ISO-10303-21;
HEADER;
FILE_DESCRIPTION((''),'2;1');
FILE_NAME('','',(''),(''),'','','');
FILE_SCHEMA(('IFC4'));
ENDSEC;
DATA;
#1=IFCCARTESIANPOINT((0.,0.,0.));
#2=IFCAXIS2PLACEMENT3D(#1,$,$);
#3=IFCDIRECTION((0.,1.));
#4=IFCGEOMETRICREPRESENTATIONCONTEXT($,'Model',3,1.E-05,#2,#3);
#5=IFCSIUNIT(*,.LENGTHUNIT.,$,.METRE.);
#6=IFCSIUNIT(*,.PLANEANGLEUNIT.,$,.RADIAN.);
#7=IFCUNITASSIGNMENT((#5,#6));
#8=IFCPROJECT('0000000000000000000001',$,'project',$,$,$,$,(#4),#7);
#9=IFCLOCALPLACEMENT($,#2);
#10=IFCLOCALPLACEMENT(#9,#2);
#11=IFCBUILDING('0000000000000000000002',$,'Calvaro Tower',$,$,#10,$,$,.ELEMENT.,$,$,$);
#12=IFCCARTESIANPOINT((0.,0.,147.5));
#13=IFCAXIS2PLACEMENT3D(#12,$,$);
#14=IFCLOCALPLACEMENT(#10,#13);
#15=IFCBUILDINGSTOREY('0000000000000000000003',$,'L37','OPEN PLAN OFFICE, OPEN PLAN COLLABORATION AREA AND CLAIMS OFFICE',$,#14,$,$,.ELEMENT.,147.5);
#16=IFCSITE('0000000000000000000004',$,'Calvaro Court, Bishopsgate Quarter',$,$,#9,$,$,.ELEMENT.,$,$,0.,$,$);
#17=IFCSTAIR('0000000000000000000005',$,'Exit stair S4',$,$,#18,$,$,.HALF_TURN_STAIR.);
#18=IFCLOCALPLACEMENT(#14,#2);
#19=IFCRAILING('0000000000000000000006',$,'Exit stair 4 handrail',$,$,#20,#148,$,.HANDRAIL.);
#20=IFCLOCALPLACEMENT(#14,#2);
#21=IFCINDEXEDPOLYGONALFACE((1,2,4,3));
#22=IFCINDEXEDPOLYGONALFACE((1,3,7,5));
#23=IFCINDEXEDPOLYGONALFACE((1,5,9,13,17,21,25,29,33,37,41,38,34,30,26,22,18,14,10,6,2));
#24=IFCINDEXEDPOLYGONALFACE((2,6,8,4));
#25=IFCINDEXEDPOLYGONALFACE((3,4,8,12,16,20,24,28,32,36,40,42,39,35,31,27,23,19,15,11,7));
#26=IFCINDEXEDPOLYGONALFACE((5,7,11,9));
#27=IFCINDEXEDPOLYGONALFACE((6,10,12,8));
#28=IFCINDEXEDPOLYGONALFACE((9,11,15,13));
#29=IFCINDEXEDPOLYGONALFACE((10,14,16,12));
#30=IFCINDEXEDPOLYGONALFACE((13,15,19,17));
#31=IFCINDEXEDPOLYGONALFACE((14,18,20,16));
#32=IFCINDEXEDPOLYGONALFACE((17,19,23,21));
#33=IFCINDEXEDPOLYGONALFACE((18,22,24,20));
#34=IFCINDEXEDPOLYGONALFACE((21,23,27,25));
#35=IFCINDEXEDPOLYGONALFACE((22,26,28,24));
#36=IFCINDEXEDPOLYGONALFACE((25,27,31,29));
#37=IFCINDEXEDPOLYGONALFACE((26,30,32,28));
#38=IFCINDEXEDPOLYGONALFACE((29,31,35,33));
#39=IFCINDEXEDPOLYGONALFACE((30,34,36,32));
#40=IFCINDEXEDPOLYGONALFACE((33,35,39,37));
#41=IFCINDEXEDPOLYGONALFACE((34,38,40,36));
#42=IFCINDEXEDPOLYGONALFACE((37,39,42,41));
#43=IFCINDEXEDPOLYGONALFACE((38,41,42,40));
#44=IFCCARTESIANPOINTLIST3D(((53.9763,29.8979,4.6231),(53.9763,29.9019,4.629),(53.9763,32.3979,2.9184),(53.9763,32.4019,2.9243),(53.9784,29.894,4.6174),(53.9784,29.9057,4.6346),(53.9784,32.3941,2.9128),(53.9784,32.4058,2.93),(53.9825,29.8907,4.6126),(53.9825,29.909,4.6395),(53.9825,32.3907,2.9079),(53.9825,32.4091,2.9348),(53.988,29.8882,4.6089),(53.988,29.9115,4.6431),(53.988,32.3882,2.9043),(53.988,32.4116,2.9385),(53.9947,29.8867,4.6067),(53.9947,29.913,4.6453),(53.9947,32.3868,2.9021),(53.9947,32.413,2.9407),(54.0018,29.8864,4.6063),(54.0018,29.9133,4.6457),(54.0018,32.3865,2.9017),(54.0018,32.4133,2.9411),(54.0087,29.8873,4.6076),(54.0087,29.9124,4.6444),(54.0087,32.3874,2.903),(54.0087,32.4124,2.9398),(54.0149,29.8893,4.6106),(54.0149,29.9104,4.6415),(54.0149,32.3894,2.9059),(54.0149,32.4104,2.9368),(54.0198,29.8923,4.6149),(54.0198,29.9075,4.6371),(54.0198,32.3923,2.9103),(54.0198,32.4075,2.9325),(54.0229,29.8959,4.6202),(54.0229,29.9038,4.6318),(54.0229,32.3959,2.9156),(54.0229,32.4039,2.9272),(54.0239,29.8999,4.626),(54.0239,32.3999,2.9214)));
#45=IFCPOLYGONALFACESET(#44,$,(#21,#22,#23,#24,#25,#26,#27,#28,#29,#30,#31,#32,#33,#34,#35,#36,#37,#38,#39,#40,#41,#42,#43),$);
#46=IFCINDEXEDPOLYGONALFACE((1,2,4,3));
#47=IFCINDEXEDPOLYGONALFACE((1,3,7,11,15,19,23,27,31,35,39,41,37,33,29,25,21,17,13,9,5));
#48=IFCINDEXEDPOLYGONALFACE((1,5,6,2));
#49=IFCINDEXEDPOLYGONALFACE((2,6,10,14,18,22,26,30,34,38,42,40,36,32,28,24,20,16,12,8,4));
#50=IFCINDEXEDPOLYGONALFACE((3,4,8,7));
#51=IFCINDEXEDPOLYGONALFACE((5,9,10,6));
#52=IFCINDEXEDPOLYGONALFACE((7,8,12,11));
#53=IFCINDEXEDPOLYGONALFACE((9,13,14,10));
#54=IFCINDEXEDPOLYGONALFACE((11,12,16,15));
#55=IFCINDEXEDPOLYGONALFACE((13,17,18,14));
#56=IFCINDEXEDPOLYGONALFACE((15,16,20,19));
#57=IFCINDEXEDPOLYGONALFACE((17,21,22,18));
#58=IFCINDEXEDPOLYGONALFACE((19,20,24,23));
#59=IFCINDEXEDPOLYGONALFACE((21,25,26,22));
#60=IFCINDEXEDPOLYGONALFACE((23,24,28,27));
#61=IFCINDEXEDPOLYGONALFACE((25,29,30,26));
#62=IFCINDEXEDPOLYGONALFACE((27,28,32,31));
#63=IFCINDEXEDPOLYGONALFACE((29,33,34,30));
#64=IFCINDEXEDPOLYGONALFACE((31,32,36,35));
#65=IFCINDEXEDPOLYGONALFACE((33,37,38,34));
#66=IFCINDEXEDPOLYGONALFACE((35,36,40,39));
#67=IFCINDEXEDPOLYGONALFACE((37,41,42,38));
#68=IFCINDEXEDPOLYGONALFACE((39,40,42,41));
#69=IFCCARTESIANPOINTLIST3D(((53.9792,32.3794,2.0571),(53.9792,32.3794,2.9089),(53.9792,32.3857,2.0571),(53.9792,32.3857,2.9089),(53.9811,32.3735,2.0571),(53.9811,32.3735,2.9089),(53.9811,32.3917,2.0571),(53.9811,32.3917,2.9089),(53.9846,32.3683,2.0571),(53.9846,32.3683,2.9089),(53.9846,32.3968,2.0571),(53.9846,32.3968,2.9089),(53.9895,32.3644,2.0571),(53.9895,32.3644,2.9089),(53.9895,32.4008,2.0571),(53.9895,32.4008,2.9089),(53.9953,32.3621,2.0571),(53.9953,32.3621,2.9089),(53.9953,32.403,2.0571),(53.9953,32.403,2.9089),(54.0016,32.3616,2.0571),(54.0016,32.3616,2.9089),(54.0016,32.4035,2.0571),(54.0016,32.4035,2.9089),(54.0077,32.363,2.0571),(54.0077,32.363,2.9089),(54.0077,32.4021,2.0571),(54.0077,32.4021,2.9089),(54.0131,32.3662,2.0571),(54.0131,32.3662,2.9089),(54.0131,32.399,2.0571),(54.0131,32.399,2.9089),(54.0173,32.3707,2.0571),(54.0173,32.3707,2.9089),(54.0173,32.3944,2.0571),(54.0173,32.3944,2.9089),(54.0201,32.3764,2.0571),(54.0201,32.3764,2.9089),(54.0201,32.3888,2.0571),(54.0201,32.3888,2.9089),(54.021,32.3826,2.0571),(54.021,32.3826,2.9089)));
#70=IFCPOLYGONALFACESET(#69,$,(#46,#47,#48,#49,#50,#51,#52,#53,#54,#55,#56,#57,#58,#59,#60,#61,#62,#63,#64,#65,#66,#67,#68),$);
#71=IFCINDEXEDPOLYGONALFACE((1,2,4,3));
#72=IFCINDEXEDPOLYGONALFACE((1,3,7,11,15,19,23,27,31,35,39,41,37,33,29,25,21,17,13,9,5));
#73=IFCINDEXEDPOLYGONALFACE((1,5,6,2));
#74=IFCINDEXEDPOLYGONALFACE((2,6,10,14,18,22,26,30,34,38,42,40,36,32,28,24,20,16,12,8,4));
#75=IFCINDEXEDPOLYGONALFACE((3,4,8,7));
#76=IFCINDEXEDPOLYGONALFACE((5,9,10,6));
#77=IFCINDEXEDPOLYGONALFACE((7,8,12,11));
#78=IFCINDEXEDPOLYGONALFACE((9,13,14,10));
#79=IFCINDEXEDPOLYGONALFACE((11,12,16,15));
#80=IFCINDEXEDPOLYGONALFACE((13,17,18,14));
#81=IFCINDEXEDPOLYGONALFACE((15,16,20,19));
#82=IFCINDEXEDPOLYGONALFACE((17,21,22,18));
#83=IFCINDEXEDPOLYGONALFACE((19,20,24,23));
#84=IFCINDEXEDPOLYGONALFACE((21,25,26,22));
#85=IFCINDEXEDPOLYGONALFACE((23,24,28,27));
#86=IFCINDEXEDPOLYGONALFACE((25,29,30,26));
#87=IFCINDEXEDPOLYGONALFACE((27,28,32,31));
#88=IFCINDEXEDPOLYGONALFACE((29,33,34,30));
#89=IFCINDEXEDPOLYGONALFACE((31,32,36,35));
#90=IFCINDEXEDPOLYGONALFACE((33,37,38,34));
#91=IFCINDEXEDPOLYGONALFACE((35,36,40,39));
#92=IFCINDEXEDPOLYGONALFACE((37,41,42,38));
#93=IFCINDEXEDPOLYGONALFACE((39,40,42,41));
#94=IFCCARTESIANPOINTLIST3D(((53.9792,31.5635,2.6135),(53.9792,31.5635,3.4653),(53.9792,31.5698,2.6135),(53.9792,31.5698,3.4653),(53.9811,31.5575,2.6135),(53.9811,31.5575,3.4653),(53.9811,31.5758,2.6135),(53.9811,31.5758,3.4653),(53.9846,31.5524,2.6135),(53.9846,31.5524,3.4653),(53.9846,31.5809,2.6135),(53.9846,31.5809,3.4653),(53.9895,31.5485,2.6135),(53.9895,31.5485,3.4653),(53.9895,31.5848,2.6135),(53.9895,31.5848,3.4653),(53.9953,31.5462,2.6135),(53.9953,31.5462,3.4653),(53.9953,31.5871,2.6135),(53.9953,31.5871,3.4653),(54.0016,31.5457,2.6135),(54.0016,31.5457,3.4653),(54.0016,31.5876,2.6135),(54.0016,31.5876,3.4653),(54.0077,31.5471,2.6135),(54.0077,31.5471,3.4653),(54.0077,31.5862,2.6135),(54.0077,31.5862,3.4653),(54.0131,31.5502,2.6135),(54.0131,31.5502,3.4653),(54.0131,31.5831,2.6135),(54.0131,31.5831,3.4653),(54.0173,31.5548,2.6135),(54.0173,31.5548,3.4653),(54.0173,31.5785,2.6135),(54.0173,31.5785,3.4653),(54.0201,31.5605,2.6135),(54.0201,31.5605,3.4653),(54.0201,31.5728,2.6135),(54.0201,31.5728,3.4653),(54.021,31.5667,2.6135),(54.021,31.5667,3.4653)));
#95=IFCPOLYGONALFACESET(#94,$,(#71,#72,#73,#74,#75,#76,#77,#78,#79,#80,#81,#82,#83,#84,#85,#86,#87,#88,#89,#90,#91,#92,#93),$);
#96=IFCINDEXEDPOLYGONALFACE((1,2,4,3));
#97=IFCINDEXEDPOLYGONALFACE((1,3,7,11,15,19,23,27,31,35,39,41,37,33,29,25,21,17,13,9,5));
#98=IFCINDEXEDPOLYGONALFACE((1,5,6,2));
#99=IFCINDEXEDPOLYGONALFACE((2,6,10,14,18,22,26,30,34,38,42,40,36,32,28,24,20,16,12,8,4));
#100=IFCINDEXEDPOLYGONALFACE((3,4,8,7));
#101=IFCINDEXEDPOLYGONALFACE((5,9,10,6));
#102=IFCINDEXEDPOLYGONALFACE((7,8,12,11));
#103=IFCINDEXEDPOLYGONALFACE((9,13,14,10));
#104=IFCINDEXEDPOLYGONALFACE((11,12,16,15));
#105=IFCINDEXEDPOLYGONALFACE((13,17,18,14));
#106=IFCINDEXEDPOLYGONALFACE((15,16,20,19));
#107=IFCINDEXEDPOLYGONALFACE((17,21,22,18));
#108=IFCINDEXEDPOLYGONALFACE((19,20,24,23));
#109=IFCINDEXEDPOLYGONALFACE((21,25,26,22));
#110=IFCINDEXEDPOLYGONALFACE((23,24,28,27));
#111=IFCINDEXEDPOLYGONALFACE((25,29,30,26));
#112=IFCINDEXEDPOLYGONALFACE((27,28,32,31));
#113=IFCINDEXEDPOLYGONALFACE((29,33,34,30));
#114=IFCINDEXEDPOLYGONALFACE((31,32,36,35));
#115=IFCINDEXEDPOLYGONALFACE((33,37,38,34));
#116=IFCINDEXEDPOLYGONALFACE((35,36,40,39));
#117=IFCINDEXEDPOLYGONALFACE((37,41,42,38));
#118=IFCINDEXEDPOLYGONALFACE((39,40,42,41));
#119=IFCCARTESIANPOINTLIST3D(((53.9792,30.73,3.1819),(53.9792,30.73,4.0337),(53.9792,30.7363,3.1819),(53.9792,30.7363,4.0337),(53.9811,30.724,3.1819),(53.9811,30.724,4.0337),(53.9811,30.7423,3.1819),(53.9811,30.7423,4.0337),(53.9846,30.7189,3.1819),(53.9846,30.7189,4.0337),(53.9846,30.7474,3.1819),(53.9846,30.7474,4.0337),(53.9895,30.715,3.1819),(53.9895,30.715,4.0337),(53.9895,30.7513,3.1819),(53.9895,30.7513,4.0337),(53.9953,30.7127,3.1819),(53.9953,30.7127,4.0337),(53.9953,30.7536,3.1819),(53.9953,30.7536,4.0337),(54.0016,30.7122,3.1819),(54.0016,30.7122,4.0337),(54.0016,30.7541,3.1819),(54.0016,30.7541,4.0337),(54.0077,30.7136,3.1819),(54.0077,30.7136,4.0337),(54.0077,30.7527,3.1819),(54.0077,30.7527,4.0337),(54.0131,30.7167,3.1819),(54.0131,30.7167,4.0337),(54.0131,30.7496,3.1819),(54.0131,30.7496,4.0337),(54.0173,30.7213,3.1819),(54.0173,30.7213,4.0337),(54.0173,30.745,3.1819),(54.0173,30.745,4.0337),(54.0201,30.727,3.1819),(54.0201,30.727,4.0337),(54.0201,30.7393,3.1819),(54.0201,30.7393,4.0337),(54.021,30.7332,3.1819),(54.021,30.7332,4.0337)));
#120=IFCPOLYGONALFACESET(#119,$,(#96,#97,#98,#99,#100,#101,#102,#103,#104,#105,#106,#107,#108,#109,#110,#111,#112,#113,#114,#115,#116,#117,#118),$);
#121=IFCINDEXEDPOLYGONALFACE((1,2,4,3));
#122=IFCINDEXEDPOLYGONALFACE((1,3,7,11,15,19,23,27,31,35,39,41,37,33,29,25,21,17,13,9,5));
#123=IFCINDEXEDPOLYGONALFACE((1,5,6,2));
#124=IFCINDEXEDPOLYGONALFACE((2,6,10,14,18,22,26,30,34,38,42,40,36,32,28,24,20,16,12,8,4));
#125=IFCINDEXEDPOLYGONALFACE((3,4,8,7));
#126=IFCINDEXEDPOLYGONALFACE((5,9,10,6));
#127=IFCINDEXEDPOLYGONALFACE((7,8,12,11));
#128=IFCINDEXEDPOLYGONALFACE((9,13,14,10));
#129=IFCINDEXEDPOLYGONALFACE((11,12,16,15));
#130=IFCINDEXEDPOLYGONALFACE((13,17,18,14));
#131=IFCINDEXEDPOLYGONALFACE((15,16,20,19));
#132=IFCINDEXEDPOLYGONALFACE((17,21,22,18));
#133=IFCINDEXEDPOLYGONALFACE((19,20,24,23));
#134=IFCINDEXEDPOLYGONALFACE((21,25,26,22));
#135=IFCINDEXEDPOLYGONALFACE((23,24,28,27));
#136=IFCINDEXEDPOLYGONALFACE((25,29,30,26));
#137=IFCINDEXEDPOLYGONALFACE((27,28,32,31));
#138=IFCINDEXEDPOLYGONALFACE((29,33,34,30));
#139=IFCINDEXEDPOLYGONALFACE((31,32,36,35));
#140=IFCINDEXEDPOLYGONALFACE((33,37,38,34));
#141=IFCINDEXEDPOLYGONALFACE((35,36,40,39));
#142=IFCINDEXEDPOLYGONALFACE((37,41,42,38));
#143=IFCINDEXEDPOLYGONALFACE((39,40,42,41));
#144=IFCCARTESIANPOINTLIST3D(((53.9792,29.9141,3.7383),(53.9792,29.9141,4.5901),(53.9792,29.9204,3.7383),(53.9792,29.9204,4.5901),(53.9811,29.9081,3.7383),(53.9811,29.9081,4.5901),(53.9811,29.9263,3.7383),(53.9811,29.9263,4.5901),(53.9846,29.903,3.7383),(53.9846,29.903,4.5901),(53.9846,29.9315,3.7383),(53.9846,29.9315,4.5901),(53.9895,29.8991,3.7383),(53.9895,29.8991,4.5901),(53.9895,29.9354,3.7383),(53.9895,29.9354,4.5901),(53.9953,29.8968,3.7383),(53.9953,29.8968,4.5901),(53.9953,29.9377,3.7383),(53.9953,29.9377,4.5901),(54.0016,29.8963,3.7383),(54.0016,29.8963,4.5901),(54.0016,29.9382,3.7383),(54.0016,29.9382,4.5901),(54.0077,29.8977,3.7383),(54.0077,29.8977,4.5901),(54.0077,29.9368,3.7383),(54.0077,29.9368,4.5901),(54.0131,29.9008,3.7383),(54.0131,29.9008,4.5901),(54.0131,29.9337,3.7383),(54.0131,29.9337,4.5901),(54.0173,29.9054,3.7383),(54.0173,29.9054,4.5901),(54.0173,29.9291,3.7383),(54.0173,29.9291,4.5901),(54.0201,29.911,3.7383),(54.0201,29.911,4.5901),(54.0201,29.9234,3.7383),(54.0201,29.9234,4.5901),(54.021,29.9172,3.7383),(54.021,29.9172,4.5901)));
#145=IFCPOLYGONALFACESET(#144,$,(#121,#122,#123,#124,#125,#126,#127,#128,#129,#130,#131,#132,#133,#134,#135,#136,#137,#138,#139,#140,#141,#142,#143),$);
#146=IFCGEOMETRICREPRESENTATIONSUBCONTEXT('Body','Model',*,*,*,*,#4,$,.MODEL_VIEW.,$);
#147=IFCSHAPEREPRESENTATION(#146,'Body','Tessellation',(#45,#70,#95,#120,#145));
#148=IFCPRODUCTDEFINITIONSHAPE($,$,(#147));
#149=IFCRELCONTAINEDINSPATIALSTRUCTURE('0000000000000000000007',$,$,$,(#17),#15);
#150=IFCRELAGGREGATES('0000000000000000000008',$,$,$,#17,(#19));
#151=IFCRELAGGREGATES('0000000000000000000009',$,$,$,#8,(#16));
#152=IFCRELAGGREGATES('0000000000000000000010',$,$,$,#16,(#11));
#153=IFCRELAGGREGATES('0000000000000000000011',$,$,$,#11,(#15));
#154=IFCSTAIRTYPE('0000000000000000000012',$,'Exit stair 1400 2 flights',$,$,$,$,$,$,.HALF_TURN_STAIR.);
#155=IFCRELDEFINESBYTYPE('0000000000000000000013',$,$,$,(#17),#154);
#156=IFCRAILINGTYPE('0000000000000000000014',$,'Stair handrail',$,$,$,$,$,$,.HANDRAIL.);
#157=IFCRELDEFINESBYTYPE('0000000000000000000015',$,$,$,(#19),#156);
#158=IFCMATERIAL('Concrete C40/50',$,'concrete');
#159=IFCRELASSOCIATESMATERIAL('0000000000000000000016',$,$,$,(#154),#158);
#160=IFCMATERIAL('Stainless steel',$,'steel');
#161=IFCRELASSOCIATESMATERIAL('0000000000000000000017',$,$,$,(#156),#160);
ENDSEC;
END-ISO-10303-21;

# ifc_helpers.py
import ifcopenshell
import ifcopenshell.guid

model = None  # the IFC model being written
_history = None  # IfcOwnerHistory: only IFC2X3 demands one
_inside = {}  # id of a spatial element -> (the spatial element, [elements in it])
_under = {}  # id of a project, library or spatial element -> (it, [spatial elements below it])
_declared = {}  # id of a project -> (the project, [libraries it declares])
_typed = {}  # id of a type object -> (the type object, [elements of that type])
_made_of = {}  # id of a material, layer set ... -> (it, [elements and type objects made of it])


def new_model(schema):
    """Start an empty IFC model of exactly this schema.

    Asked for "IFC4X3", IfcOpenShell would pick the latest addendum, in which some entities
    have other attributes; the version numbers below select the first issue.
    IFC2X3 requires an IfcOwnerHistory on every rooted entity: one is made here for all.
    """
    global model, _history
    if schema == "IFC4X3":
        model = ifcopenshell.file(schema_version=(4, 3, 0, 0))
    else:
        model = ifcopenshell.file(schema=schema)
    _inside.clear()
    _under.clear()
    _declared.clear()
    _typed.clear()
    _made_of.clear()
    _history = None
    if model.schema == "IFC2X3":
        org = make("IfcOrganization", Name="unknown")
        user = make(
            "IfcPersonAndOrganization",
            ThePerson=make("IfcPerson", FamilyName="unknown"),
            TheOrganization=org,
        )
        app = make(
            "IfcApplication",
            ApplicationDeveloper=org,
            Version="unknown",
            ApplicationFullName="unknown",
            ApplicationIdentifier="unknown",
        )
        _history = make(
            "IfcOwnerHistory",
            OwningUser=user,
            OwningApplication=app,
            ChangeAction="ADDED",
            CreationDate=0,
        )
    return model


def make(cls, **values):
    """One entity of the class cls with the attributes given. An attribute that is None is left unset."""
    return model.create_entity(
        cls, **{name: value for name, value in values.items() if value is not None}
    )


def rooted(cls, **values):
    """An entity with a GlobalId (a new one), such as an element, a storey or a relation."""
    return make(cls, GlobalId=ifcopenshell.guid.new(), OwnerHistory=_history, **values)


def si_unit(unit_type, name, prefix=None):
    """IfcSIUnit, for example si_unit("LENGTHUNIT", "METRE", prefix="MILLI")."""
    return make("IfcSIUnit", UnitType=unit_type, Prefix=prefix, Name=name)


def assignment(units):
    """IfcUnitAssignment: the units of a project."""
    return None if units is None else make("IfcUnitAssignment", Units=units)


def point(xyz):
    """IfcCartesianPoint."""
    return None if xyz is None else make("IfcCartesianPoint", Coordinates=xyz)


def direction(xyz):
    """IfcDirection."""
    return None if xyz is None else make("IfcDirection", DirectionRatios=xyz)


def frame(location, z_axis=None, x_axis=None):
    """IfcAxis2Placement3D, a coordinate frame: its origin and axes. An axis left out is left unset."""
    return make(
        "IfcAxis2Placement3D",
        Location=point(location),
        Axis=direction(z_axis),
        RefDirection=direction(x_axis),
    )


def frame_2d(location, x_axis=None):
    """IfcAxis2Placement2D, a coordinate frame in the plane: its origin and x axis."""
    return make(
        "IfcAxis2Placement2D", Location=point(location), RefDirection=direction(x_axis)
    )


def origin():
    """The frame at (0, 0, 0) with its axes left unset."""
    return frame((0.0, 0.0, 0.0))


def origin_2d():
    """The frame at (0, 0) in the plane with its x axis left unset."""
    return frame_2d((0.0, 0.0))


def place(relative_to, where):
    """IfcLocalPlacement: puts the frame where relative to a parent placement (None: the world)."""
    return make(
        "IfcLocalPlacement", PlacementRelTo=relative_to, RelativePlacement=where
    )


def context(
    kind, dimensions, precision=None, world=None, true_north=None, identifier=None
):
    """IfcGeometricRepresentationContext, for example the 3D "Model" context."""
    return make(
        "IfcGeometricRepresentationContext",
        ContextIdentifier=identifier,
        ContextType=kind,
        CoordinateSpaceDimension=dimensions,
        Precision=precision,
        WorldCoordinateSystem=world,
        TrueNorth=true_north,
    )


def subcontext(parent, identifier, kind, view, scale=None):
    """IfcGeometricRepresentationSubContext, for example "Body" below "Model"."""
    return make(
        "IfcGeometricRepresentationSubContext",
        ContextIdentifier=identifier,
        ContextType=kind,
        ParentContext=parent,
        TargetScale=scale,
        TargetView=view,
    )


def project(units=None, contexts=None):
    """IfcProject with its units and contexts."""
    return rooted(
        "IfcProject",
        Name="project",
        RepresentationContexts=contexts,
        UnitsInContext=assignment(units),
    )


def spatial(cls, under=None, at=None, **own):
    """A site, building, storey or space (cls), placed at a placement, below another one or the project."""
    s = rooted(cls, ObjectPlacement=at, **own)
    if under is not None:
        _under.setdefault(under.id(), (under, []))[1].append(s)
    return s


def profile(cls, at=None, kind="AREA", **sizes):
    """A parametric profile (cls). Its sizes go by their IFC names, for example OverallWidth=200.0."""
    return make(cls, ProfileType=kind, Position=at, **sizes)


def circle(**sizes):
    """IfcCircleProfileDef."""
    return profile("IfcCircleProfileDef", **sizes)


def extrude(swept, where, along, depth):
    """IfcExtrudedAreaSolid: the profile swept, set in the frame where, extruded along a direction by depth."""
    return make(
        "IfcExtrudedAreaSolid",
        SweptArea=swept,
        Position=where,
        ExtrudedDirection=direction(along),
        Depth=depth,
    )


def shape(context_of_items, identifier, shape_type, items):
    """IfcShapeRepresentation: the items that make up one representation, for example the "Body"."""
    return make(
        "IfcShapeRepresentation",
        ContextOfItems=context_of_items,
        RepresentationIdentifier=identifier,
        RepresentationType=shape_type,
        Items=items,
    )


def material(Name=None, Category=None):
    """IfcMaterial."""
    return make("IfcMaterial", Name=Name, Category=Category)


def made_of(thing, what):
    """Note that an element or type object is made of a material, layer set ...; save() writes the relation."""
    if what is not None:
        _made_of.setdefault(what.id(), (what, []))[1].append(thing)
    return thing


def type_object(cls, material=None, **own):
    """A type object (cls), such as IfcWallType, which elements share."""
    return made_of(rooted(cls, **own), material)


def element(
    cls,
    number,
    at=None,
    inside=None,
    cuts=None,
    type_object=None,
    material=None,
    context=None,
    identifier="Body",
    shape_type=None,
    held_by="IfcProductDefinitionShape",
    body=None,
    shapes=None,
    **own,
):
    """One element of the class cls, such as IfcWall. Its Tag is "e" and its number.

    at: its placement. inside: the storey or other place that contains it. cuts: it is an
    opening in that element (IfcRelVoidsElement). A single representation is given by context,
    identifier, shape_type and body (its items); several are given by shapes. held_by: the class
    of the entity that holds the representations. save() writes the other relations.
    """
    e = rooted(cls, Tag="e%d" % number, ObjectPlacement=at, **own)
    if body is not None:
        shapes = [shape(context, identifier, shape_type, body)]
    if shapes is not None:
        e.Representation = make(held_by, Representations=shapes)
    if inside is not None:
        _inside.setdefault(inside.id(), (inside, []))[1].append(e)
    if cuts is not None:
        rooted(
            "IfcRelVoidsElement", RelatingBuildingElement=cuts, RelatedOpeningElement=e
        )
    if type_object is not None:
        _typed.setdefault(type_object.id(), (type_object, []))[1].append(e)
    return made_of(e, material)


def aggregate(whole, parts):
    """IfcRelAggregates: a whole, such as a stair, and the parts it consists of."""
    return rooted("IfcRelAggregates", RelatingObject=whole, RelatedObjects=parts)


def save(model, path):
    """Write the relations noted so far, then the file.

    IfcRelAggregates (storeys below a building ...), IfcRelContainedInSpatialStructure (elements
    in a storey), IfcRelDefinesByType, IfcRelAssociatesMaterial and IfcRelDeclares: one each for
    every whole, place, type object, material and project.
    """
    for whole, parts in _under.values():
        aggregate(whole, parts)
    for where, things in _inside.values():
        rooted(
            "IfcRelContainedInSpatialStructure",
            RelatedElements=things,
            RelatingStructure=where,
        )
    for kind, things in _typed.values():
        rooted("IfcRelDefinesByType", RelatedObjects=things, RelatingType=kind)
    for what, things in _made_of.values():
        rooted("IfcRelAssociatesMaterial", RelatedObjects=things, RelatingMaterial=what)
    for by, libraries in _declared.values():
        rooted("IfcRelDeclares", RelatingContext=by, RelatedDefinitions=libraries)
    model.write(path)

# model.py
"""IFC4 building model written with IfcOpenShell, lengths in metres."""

from ifc_helpers import new_model, si_unit, direction, frame, origin, origin_2d, place, context, subcontext, project, spatial, circle, extrude, material, type_object, element, aggregate, save


model = new_model("IFC4")

# Units and contexts
model_context = context("Model", 3, precision=1e-05, world=origin(), true_north=direction((0.0, 1.0)))
body_context = subcontext(model_context, "Body", "Model", "MODEL_VIEW")
ifc_project = project(units=[si_unit("LENGTHUNIT", "METRE"), si_unit("PLANEANGLEUNIT", "RADIAN")], contexts=[model_context])

# Site, building, storey
site_placement = place(None, origin())
site = spatial("IfcSite", under=ifc_project, at=site_placement, Name="Calvaro Court, Bishopsgate Quarter", CompositionType="ELEMENT", RefElevation=0.0)
building_placement = place(site_placement, origin())
building = spatial("IfcBuilding", under=site, at=building_placement, Name="Calvaro Tower", CompositionType="ELEMENT")
storey_placement = place(building_placement, frame((0.0, 0.0, 147.5)))
storey = spatial("IfcBuildingStorey", under=building, at=storey_placement, Name="L37", Description="OPEN PLAN OFFICE, OPEN PLAN COLLABORATION AREA AND CLAIMS OFFICE", CompositionType="ELEMENT", Elevation=147.5)

# Shared definitions
ifc_material_1 = material(Name="Concrete C40/50", Category="concrete")
stair_type = type_object("IfcStairType", Name="Exit stair 1400 2 flights", PredefinedType="HALF_TURN_STAIR", material=ifc_material_1)

# Stair, railing
stair_1_placement = place(storey_placement, origin())
stair_1 = element("IfcStair", 1, at=stair_1_placement, inside=storey, type_object=stair_type, Name="Exit stair S4", PredefinedType="HALF_TURN_STAIR")
ifc_material_2 = material(Name="Stainless steel", Category="steel")
railing_type = type_object("IfcRailingType", Name="Stair handrail", PredefinedType="HANDRAIL", material=ifc_material_2)
railing_1_placement = place(storey_placement, frame((54.0, 32.3999, 2.0454)))
railing_1 = element("IfcRailing", 2, at=railing_1_placement, type_object=railing_type, Name="Exit stair 4 handrail", PredefinedType="HANDRAIL", context=body_context, shape_type="SweptSolid", body=[
    extrude(circle(Radius=0.0239, at=origin_2d()), frame((0.0, 0.0, 0.876), z_axis=(0.0, -0.826221, 0.563347), x_axis=(1.0, 0.0, 0.0)), (0.0, 0.0, 1.0), 3.0259),
    extrude(circle(Radius=0.021, at=origin_2d()), frame((0.0, -0.0173, 0.0117)), (0.0, 0.0, 1.0), 0.8518),
    extrude(circle(Radius=0.021, at=origin_2d()), frame((0.0, -0.8333, 0.5681)), (0.0, 0.0, 1.0), 0.8518),
    extrude(circle(Radius=0.021, at=origin_2d()), frame((0.0, -1.6667, 1.1365)), (0.0, 0.0, 1.0), 0.8518),
    extrude(circle(Radius=0.021, at=origin_2d()), frame((0.0, -2.4827, 1.6929)), (0.0, 0.0, 1.0), 0.8518),
])
aggregate(stair_1, [railing_1])

save(model, "model.ifc")
